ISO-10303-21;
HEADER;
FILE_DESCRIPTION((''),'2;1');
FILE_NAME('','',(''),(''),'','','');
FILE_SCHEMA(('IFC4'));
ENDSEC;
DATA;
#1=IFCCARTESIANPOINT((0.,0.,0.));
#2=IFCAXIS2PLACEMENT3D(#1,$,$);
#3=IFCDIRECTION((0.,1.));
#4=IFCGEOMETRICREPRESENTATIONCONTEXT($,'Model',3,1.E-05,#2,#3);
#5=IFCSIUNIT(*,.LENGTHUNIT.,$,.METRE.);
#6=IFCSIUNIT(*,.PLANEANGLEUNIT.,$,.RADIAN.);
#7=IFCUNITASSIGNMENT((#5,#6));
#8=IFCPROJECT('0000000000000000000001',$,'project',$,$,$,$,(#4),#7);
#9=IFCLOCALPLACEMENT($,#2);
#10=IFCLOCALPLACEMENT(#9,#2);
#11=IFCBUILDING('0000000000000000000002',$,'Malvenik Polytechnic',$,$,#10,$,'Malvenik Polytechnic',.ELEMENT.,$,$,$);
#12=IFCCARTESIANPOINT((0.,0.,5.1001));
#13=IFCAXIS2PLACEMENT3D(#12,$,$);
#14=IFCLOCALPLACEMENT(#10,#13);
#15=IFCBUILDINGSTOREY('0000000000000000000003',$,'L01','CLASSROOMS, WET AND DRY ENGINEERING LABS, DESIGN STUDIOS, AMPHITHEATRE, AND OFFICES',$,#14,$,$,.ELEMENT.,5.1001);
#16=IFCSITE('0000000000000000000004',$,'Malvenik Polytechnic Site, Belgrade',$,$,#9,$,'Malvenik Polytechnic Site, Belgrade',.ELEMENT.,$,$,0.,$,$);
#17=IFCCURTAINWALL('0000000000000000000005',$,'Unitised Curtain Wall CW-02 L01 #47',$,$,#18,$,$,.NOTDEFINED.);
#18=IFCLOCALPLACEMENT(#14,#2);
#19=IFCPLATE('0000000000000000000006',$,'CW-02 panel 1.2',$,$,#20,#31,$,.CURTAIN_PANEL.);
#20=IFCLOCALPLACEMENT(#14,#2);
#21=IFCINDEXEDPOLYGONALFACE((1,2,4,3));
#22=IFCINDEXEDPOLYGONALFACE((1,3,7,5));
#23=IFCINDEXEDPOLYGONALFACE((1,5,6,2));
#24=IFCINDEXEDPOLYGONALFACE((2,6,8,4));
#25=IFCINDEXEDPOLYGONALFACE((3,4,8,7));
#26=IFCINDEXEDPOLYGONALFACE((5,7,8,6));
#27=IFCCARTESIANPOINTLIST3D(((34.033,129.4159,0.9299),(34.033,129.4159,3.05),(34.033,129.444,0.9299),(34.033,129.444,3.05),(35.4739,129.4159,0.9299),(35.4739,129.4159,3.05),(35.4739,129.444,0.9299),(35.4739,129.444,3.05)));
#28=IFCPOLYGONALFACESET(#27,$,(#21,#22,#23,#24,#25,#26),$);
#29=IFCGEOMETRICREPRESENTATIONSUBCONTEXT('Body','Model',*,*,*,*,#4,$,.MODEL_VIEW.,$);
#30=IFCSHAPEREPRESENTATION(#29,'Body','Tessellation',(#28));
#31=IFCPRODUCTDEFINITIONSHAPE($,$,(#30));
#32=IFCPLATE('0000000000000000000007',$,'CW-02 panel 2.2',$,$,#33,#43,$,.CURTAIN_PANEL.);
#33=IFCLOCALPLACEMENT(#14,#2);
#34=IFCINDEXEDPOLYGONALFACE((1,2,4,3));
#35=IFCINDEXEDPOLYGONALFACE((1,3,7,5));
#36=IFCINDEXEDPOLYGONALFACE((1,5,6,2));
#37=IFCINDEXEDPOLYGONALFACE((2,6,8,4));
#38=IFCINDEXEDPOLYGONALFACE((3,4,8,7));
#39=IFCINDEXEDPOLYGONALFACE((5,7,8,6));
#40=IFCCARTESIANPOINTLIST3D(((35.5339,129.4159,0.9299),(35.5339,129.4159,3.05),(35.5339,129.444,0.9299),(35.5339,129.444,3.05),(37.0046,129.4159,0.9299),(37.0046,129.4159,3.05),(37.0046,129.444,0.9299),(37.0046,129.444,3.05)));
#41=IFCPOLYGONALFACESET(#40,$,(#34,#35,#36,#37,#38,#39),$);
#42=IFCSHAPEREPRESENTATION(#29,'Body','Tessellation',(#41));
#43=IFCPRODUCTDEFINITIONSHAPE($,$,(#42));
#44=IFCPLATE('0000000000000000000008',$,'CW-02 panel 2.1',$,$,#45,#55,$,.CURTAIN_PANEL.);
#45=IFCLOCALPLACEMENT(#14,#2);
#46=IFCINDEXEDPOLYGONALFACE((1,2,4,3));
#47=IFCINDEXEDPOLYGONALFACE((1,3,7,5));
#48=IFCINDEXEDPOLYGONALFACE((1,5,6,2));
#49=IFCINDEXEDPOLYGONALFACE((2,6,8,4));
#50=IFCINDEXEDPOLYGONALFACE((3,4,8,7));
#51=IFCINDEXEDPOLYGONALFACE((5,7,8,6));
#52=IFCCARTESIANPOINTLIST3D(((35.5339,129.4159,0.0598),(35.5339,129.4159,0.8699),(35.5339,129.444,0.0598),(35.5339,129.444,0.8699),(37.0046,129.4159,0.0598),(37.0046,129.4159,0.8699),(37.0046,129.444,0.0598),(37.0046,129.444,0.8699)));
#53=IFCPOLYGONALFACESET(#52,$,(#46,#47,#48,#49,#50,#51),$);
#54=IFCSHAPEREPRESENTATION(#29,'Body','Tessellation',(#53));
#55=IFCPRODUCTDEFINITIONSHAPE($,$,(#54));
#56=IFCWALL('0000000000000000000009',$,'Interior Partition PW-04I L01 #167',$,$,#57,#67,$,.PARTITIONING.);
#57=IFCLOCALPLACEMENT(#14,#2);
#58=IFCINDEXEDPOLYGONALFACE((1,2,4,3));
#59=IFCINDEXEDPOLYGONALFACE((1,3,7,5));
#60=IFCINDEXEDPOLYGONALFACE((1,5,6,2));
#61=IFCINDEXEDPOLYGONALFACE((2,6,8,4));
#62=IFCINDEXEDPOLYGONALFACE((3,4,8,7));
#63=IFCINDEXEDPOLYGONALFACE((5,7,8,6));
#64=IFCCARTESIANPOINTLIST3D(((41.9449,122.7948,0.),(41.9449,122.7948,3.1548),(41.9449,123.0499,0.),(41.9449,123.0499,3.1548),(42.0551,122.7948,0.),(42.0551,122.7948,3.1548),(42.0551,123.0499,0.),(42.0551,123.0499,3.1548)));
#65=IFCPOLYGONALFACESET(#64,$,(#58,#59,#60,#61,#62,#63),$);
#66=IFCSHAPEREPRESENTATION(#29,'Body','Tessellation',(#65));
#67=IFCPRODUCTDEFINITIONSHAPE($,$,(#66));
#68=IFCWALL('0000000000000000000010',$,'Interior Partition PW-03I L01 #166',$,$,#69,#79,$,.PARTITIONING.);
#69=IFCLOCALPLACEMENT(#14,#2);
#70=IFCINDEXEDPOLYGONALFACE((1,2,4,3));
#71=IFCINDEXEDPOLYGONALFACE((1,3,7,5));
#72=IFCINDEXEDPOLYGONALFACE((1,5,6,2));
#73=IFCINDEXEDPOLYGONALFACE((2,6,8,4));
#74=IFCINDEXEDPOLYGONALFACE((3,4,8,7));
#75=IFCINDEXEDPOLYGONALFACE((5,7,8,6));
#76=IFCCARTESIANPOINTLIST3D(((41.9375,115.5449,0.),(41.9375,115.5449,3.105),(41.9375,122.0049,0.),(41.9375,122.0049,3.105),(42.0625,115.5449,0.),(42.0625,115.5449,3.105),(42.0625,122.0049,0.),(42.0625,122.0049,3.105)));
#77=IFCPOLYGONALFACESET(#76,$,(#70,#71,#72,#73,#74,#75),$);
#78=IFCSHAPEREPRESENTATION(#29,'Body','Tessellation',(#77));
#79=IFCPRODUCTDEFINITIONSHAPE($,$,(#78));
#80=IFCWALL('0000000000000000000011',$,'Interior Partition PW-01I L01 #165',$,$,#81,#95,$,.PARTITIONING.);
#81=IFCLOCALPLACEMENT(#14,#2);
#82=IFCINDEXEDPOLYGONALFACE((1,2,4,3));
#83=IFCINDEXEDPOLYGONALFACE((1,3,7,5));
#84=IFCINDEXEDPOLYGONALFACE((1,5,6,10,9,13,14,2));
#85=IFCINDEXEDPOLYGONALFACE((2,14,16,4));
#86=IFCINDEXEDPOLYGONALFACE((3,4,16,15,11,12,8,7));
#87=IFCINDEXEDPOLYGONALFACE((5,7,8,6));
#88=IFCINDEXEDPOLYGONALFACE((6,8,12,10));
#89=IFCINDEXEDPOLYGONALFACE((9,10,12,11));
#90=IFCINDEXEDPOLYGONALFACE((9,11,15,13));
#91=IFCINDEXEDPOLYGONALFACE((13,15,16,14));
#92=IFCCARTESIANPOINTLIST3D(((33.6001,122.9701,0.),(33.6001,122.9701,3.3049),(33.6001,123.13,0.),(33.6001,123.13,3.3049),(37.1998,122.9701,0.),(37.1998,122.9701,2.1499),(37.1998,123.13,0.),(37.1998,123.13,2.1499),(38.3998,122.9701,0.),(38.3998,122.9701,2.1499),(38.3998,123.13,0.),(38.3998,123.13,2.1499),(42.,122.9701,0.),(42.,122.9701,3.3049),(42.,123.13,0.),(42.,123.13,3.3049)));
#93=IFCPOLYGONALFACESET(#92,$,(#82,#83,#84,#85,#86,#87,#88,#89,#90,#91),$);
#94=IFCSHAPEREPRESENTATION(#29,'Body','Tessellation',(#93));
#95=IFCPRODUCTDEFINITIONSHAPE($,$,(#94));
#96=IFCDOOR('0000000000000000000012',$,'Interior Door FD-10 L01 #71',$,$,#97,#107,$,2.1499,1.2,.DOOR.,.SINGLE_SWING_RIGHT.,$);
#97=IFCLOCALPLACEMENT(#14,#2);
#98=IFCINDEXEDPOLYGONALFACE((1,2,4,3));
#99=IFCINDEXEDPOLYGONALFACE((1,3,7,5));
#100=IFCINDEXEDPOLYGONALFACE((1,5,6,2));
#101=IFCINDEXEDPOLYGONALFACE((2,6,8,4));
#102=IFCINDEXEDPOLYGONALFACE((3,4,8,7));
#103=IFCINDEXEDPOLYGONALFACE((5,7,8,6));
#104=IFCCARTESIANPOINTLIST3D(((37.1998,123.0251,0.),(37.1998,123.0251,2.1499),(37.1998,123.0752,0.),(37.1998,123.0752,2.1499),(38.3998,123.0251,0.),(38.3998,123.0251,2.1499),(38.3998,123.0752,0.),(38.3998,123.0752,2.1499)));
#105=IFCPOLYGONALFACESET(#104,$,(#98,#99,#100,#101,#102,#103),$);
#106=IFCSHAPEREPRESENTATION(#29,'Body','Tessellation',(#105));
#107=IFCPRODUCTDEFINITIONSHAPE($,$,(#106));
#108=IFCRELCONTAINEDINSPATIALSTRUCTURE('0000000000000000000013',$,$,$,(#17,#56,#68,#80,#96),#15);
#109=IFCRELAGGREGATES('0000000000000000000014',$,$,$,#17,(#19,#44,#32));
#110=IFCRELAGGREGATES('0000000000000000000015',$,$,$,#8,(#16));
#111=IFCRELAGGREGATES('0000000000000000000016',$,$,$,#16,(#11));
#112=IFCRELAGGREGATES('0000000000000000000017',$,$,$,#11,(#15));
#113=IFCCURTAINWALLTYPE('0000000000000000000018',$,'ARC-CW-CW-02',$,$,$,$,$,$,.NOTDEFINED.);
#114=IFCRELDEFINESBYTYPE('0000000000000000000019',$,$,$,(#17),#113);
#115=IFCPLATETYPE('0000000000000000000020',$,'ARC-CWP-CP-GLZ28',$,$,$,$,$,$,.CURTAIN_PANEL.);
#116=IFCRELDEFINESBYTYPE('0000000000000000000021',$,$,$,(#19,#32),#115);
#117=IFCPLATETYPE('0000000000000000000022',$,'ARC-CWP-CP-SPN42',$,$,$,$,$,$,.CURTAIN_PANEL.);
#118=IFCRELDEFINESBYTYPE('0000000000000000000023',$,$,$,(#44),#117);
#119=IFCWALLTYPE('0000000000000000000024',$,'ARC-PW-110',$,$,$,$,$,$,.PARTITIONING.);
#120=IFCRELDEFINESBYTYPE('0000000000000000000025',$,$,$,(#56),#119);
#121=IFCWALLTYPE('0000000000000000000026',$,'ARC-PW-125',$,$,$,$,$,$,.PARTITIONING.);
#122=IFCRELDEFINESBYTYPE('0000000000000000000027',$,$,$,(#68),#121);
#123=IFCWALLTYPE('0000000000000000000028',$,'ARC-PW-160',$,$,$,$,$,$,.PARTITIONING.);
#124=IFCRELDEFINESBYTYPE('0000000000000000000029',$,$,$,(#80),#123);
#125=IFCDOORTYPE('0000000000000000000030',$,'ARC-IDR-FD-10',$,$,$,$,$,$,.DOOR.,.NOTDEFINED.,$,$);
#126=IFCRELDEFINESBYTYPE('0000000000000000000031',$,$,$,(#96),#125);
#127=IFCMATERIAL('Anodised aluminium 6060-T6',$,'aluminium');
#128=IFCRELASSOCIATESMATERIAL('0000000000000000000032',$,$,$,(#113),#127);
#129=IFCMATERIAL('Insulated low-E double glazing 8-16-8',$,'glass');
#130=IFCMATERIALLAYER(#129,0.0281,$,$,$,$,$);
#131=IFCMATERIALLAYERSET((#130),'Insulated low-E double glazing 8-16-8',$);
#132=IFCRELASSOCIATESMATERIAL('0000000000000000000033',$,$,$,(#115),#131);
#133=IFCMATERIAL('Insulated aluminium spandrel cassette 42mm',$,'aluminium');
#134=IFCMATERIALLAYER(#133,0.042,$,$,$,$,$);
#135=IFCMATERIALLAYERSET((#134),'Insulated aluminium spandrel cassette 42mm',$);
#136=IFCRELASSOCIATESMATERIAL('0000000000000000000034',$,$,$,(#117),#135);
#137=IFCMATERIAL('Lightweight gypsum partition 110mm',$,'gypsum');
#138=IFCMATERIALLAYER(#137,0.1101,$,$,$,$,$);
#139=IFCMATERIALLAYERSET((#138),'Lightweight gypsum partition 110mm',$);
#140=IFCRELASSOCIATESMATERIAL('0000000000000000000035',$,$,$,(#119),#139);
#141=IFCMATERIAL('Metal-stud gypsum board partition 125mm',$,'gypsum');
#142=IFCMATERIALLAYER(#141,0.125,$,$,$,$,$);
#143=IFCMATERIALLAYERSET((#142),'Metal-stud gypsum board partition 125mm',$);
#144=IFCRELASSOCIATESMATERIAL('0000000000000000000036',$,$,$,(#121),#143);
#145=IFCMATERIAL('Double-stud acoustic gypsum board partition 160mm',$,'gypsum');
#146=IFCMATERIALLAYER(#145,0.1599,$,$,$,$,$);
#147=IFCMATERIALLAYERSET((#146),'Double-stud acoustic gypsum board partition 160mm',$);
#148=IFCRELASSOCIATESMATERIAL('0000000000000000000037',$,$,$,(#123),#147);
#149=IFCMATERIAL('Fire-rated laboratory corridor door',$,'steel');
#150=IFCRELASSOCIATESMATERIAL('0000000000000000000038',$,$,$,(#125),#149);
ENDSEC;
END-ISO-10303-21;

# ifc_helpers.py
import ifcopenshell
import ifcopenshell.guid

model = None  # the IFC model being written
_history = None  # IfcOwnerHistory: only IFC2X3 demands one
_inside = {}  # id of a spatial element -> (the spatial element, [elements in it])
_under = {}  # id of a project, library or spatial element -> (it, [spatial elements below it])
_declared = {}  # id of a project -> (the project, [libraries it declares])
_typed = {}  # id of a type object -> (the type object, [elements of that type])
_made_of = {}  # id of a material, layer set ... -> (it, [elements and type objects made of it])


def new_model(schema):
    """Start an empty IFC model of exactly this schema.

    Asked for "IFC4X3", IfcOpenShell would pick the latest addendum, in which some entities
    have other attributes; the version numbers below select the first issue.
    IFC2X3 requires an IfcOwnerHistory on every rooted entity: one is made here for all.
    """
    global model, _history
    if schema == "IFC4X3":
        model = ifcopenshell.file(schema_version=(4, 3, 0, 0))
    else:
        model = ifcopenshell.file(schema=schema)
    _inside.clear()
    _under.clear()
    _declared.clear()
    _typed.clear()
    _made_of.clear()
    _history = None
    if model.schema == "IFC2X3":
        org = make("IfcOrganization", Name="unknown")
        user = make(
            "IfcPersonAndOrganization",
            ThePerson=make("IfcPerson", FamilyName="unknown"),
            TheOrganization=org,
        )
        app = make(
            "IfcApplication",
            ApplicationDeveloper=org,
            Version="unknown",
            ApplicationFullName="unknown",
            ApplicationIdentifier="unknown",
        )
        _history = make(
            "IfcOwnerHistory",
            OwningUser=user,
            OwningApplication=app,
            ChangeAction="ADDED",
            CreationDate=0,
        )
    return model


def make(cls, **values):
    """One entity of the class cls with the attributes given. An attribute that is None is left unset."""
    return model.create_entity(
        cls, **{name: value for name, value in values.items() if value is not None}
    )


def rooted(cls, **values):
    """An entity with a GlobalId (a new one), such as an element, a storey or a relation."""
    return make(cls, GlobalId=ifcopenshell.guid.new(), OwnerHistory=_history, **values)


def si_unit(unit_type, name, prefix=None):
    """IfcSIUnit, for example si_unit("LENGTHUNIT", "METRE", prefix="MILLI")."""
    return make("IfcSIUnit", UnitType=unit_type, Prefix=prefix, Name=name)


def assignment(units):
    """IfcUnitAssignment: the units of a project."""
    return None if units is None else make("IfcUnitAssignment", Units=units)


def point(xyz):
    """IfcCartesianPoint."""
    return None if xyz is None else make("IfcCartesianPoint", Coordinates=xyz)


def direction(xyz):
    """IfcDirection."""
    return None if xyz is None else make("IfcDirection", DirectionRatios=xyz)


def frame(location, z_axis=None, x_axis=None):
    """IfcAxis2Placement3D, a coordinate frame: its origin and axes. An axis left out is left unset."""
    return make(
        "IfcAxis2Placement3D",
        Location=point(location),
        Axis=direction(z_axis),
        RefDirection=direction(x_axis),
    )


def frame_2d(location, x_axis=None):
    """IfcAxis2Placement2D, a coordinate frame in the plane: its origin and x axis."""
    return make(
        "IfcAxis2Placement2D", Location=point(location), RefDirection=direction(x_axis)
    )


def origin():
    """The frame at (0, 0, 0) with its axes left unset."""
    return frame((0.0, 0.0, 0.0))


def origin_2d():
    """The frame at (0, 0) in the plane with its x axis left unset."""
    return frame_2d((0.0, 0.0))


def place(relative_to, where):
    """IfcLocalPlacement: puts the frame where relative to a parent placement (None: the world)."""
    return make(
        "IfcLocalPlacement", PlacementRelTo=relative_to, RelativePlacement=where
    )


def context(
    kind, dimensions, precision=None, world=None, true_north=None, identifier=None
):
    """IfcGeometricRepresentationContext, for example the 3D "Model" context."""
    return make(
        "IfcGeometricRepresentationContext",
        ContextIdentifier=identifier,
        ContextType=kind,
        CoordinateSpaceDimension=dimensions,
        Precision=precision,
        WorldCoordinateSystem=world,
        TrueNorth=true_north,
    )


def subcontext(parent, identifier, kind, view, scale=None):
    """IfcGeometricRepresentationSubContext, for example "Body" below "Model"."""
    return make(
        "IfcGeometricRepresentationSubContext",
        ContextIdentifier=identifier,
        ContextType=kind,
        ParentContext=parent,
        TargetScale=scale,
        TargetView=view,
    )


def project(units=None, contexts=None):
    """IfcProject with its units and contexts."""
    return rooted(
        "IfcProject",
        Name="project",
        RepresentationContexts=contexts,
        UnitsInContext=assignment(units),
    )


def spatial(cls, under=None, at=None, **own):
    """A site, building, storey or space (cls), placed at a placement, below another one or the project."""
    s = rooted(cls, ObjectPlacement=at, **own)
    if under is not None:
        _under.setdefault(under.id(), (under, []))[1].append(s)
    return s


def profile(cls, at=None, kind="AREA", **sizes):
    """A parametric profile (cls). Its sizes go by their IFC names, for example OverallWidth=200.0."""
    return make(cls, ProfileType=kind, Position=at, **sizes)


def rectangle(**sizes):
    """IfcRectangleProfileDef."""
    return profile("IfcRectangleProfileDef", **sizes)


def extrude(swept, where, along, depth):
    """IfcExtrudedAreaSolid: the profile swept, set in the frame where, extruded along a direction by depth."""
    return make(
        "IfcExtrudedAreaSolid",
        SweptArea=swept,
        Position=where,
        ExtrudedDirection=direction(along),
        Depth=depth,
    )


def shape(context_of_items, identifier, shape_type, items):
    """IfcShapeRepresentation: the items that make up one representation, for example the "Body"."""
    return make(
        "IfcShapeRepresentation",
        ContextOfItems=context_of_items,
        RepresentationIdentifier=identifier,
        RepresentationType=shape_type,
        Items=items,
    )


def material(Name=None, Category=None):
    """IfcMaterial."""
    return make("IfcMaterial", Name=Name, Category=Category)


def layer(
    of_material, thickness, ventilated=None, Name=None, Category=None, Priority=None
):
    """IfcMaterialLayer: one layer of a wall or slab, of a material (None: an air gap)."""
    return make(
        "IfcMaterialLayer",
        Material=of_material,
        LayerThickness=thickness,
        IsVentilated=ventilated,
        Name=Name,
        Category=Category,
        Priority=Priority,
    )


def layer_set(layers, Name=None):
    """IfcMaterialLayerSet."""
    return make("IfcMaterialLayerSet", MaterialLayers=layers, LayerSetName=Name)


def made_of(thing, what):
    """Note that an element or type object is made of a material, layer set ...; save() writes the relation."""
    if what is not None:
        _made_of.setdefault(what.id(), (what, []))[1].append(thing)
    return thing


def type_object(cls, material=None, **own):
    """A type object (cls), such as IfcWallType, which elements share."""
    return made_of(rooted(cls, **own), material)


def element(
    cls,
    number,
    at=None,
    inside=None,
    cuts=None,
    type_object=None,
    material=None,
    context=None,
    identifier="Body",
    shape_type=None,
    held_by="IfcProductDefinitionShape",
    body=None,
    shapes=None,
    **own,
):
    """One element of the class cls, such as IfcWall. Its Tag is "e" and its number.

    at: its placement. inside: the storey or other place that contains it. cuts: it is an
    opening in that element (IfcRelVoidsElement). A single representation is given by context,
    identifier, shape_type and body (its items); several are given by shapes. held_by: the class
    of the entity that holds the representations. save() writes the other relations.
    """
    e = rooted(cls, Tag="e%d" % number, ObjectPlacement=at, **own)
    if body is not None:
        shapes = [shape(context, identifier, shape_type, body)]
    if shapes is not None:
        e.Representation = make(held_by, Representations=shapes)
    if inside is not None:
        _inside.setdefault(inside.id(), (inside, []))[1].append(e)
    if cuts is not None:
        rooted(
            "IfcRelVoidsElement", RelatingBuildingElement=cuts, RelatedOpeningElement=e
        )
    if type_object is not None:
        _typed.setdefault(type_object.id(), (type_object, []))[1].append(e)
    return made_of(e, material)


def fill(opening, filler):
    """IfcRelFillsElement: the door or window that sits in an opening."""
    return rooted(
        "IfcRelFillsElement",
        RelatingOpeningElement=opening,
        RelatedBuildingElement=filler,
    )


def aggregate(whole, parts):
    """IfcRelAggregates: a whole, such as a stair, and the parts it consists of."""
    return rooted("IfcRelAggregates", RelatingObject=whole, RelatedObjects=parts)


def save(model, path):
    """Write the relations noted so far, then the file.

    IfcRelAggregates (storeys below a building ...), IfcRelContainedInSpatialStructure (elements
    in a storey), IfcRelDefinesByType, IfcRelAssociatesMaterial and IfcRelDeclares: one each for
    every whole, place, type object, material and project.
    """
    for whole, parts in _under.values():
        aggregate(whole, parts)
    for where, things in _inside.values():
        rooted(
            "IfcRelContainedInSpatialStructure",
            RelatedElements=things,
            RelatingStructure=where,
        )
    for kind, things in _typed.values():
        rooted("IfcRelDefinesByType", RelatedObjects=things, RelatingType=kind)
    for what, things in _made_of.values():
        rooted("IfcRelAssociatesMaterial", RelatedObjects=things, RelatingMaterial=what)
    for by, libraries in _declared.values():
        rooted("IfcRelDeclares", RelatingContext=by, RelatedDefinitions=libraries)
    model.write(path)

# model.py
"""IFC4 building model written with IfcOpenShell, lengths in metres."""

from ifc_helpers import new_model, si_unit, direction, frame, frame_2d, origin, origin_2d, place, context, subcontext, project, spatial, rectangle, extrude, material, layer, layer_set, type_object, element, fill, aggregate, save


model = new_model("IFC4")

# Units and contexts
model_context = context("Model", 3, precision=1e-05, world=origin(), true_north=direction((0.0, 1.0)))
body_context = subcontext(model_context, "Body", "Model", "MODEL_VIEW")
ifc_project = project(units=[si_unit("LENGTHUNIT", "METRE"), si_unit("PLANEANGLEUNIT", "RADIAN")], contexts=[model_context])

# Site, building, storey
site_placement = place(None, origin())
site = spatial("IfcSite", under=ifc_project, at=site_placement, Name="Malvenik Polytechnic Site, Belgrade", LongName="Malvenik Polytechnic Site, Belgrade", CompositionType="ELEMENT", RefElevation=0.0)
building_placement = place(site_placement, origin())
building = spatial("IfcBuilding", under=site, at=building_placement, Name="Malvenik Polytechnic", LongName="Malvenik Polytechnic", CompositionType="ELEMENT")
storey_placement = place(building_placement, frame((0.0, 0.0, 5.1001)))
storey = spatial("IfcBuildingStorey", under=building, at=storey_placement, Name="L01", Description="CLASSROOMS, WET AND DRY ENGINEERING LABS, DESIGN STUDIOS, AMPHITHEATRE, AND OFFICES", CompositionType="ELEMENT", Elevation=5.1001)

# Shared definitions
ifc_material_1 = material(Name="Anodised aluminium 6060-T6", Category="aluminium")
curtain_wall_type = type_object("IfcCurtainWallType", Name="ARC-CW-CW-02", PredefinedType="NOTDEFINED", material=ifc_material_1)

# Curtain wall
curtain_wall_1_placement = place(storey_placement, origin())
curtain_wall_1 = element("IfcCurtainWall", 1, at=curtain_wall_1_placement, inside=storey, type_object=curtain_wall_type, Name="Unitised Curtain Wall CW-02 L01 #47", PredefinedType="NOTDEFINED")

# Plates
ifc_material_2 = material(Name="Insulated low-E double glazing 8-16-8", Category="glass")
ifc_layer_1 = layer(ifc_material_2, 0.0281)
ifc_layer_set_1 = layer_set([ifc_layer_1], Name="Insulated low-E double glazing 8-16-8")
plate_type_1 = type_object("IfcPlateType", Name="ARC-CWP-CP-GLZ28", PredefinedType="CURTAIN_PANEL", material=ifc_layer_set_1)
plate_1_placement = place(storey_placement, frame((34.7534, 129.4299, 0.9299), z_axis=(0.0, 0.0, 1.0), x_axis=(1.0, 0.0, 0.0)))
plate_1 = element("IfcPlate", 2, at=plate_1_placement, type_object=plate_type_1, Name="CW-02 panel 1.2", PredefinedType="CURTAIN_PANEL", context=body_context, shape_type="SweptSolid", body=[
    extrude(rectangle(XDim=1.4409, YDim=0.0281, at=origin_2d()), origin(), (0.0, 0.0, 1.0), 2.1201),
])
plate_2_placement = place(storey_placement, frame((36.2693, 129.4299, 0.9299), z_axis=(0.0, 0.0, 1.0), x_axis=(1.0, 0.0, 0.0)))
plate_2 = element("IfcPlate", 3, at=plate_2_placement, type_object=plate_type_1, Name="CW-02 panel 2.2", PredefinedType="CURTAIN_PANEL", context=body_context, shape_type="SweptSolid", body=[
    extrude(rectangle(XDim=1.4707, YDim=0.0281, at=origin_2d()), origin(), (0.0, 0.0, 1.0), 2.1201),
])
ifc_material_3 = material(Name="Insulated aluminium spandrel cassette 42mm", Category="aluminium")
ifc_layer_2 = layer(ifc_material_3, 0.042)
ifc_layer_set_2 = layer_set([ifc_layer_2], Name="Insulated aluminium spandrel cassette 42mm")
plate_type_2 = type_object("IfcPlateType", Name="ARC-CWP-CP-SPN42", PredefinedType="CURTAIN_PANEL", material=ifc_layer_set_2)
plate_3_placement = place(storey_placement, frame((36.2693, 129.4299, 0.0598), z_axis=(0.0, 0.0, 1.0), x_axis=(1.0, 0.0, 0.0)))
plate_3 = element("IfcPlate", 4, at=plate_3_placement, type_object=plate_type_2, Name="CW-02 panel 2.1", PredefinedType="CURTAIN_PANEL", context=body_context, shape_type="SweptSolid", body=[
    extrude(rectangle(XDim=1.4707, YDim=0.0281, at=origin_2d()), origin(), (0.0, 0.0, 1.0), 0.8101),
])
aggregate(curtain_wall_1, [plate_1, plate_3, plate_2])

# Walls
ifc_material_4 = material(Name="Lightweight gypsum partition 110mm", Category="gypsum")
ifc_layer_3 = layer(ifc_material_4, 0.1101)
ifc_layer_set_3 = layer_set([ifc_layer_3], Name="Lightweight gypsum partition 110mm")
wall_type_1 = type_object("IfcWallType", Name="ARC-PW-110", PredefinedType="PARTITIONING", material=ifc_layer_set_3)
wall_1_placement = place(storey_placement, frame((42.0, 122.7949, 0.0), z_axis=(0.0, 0.0, 1.0), x_axis=(0.0, 1.0, 0.0)))
element("IfcWall", 5, at=wall_1_placement, inside=storey, type_object=wall_type_1, Name="Interior Partition PW-04I L01 #167", PredefinedType="PARTITIONING", context=body_context, shape_type="SweptSolid", body=[
    extrude(rectangle(XDim=0.2551, YDim=0.1101, at=frame_2d((0.1274, 0.0))), origin(), (0.0, 0.0, 1.0), 3.1548),
])
ifc_material_5 = material(Name="Metal-stud gypsum board partition 125mm", Category="gypsum")
ifc_layer_4 = layer(ifc_material_5, 0.125)
ifc_layer_set_4 = layer_set([ifc_layer_4], Name="Metal-stud gypsum board partition 125mm")
wall_type_2 = type_object("IfcWallType", Name="ARC-PW-125", PredefinedType="PARTITIONING", material=ifc_layer_set_4)
wall_2_placement = place(storey_placement, frame((42.0, 115.5449, 0.0), z_axis=(0.0, 0.0, 1.0), x_axis=(0.0, 1.0, 0.0)))
element("IfcWall", 6, at=wall_2_placement, inside=storey, type_object=wall_type_2, Name="Interior Partition PW-03I L01 #166", PredefinedType="PARTITIONING", context=body_context, shape_type="SweptSolid", body=[
    extrude(rectangle(XDim=6.46, YDim=0.125, at=frame_2d((3.23, 0.0))), origin(), (0.0, 0.0, 1.0), 3.105),
])

# Wall, opening, door
ifc_material_6 = material(Name="Double-stud acoustic gypsum board partition 160mm", Category="gypsum")
ifc_layer_5 = layer(ifc_material_6, 0.1599)
ifc_layer_set_5 = layer_set([ifc_layer_5], Name="Double-stud acoustic gypsum board partition 160mm")
wall_type_3 = type_object("IfcWallType", Name="ARC-PW-160", PredefinedType="PARTITIONING", material=ifc_layer_set_5)
wall_3_placement = place(storey_placement, frame((42.0, 123.05, 0.0), z_axis=(0.0, 0.0, 1.0), x_axis=(-1.0, 0.0, 0.0)))
wall_3 = element("IfcWall", 7, at=wall_3_placement, inside=storey, type_object=wall_type_3, Name="Interior Partition PW-01I L01 #165", PredefinedType="PARTITIONING", context=body_context, shape_type="SweptSolid", body=[
    extrude(rectangle(XDim=8.3999, YDim=0.1599, at=frame_2d((4.2, 0.0))), origin(), (0.0, 0.0, 1.0), 3.3049),
])
opening_placement = place(wall_3_placement, frame((3.6001, 0.0, 0.0)))
opening = element("IfcOpeningElement", 8, at=opening_placement, cuts=wall_3, PredefinedType="OPENING", context=body_context, shape_type="SweptSolid", body=[
    extrude(rectangle(XDim=1.2, YDim=2.1499, at=frame_2d((0.6001, 1.075))), frame((0.0, 0.0898, 0.0), z_axis=(0.0, -1.0, 0.0), x_axis=(1.0, 0.0, 0.0)), (0.0, 0.0, 1.0), 0.1799),
])
ifc_material_7 = material(Name="Fire-rated laboratory corridor door", Category="steel")
door_type = type_object("IfcDoorType", Name="ARC-IDR-FD-10", OperationType="NOTDEFINED", PredefinedType="DOOR", material=ifc_material_7)
door_placement = place(opening_placement, origin())
door = element("IfcDoor", 9, at=door_placement, inside=storey, type_object=door_type, Name="Interior Door FD-10 L01 #71", OperationType="SINGLE_SWING_RIGHT", OverallHeight=2.1499, OverallWidth=1.2, PredefinedType="DOOR", context=body_context, shape_type="SweptSolid", body=[
    extrude(rectangle(XDim=1.2, YDim=2.1499, at=frame_2d((0.6001, 1.075))), frame((0.0, 0.0249, 0.0), z_axis=(0.0, -1.0, 0.0), x_axis=(1.0, 0.0, 0.0)), (0.0, 0.0, 1.0), 0.05),
])
fill(opening, door)

save(model, "model.ifc")
